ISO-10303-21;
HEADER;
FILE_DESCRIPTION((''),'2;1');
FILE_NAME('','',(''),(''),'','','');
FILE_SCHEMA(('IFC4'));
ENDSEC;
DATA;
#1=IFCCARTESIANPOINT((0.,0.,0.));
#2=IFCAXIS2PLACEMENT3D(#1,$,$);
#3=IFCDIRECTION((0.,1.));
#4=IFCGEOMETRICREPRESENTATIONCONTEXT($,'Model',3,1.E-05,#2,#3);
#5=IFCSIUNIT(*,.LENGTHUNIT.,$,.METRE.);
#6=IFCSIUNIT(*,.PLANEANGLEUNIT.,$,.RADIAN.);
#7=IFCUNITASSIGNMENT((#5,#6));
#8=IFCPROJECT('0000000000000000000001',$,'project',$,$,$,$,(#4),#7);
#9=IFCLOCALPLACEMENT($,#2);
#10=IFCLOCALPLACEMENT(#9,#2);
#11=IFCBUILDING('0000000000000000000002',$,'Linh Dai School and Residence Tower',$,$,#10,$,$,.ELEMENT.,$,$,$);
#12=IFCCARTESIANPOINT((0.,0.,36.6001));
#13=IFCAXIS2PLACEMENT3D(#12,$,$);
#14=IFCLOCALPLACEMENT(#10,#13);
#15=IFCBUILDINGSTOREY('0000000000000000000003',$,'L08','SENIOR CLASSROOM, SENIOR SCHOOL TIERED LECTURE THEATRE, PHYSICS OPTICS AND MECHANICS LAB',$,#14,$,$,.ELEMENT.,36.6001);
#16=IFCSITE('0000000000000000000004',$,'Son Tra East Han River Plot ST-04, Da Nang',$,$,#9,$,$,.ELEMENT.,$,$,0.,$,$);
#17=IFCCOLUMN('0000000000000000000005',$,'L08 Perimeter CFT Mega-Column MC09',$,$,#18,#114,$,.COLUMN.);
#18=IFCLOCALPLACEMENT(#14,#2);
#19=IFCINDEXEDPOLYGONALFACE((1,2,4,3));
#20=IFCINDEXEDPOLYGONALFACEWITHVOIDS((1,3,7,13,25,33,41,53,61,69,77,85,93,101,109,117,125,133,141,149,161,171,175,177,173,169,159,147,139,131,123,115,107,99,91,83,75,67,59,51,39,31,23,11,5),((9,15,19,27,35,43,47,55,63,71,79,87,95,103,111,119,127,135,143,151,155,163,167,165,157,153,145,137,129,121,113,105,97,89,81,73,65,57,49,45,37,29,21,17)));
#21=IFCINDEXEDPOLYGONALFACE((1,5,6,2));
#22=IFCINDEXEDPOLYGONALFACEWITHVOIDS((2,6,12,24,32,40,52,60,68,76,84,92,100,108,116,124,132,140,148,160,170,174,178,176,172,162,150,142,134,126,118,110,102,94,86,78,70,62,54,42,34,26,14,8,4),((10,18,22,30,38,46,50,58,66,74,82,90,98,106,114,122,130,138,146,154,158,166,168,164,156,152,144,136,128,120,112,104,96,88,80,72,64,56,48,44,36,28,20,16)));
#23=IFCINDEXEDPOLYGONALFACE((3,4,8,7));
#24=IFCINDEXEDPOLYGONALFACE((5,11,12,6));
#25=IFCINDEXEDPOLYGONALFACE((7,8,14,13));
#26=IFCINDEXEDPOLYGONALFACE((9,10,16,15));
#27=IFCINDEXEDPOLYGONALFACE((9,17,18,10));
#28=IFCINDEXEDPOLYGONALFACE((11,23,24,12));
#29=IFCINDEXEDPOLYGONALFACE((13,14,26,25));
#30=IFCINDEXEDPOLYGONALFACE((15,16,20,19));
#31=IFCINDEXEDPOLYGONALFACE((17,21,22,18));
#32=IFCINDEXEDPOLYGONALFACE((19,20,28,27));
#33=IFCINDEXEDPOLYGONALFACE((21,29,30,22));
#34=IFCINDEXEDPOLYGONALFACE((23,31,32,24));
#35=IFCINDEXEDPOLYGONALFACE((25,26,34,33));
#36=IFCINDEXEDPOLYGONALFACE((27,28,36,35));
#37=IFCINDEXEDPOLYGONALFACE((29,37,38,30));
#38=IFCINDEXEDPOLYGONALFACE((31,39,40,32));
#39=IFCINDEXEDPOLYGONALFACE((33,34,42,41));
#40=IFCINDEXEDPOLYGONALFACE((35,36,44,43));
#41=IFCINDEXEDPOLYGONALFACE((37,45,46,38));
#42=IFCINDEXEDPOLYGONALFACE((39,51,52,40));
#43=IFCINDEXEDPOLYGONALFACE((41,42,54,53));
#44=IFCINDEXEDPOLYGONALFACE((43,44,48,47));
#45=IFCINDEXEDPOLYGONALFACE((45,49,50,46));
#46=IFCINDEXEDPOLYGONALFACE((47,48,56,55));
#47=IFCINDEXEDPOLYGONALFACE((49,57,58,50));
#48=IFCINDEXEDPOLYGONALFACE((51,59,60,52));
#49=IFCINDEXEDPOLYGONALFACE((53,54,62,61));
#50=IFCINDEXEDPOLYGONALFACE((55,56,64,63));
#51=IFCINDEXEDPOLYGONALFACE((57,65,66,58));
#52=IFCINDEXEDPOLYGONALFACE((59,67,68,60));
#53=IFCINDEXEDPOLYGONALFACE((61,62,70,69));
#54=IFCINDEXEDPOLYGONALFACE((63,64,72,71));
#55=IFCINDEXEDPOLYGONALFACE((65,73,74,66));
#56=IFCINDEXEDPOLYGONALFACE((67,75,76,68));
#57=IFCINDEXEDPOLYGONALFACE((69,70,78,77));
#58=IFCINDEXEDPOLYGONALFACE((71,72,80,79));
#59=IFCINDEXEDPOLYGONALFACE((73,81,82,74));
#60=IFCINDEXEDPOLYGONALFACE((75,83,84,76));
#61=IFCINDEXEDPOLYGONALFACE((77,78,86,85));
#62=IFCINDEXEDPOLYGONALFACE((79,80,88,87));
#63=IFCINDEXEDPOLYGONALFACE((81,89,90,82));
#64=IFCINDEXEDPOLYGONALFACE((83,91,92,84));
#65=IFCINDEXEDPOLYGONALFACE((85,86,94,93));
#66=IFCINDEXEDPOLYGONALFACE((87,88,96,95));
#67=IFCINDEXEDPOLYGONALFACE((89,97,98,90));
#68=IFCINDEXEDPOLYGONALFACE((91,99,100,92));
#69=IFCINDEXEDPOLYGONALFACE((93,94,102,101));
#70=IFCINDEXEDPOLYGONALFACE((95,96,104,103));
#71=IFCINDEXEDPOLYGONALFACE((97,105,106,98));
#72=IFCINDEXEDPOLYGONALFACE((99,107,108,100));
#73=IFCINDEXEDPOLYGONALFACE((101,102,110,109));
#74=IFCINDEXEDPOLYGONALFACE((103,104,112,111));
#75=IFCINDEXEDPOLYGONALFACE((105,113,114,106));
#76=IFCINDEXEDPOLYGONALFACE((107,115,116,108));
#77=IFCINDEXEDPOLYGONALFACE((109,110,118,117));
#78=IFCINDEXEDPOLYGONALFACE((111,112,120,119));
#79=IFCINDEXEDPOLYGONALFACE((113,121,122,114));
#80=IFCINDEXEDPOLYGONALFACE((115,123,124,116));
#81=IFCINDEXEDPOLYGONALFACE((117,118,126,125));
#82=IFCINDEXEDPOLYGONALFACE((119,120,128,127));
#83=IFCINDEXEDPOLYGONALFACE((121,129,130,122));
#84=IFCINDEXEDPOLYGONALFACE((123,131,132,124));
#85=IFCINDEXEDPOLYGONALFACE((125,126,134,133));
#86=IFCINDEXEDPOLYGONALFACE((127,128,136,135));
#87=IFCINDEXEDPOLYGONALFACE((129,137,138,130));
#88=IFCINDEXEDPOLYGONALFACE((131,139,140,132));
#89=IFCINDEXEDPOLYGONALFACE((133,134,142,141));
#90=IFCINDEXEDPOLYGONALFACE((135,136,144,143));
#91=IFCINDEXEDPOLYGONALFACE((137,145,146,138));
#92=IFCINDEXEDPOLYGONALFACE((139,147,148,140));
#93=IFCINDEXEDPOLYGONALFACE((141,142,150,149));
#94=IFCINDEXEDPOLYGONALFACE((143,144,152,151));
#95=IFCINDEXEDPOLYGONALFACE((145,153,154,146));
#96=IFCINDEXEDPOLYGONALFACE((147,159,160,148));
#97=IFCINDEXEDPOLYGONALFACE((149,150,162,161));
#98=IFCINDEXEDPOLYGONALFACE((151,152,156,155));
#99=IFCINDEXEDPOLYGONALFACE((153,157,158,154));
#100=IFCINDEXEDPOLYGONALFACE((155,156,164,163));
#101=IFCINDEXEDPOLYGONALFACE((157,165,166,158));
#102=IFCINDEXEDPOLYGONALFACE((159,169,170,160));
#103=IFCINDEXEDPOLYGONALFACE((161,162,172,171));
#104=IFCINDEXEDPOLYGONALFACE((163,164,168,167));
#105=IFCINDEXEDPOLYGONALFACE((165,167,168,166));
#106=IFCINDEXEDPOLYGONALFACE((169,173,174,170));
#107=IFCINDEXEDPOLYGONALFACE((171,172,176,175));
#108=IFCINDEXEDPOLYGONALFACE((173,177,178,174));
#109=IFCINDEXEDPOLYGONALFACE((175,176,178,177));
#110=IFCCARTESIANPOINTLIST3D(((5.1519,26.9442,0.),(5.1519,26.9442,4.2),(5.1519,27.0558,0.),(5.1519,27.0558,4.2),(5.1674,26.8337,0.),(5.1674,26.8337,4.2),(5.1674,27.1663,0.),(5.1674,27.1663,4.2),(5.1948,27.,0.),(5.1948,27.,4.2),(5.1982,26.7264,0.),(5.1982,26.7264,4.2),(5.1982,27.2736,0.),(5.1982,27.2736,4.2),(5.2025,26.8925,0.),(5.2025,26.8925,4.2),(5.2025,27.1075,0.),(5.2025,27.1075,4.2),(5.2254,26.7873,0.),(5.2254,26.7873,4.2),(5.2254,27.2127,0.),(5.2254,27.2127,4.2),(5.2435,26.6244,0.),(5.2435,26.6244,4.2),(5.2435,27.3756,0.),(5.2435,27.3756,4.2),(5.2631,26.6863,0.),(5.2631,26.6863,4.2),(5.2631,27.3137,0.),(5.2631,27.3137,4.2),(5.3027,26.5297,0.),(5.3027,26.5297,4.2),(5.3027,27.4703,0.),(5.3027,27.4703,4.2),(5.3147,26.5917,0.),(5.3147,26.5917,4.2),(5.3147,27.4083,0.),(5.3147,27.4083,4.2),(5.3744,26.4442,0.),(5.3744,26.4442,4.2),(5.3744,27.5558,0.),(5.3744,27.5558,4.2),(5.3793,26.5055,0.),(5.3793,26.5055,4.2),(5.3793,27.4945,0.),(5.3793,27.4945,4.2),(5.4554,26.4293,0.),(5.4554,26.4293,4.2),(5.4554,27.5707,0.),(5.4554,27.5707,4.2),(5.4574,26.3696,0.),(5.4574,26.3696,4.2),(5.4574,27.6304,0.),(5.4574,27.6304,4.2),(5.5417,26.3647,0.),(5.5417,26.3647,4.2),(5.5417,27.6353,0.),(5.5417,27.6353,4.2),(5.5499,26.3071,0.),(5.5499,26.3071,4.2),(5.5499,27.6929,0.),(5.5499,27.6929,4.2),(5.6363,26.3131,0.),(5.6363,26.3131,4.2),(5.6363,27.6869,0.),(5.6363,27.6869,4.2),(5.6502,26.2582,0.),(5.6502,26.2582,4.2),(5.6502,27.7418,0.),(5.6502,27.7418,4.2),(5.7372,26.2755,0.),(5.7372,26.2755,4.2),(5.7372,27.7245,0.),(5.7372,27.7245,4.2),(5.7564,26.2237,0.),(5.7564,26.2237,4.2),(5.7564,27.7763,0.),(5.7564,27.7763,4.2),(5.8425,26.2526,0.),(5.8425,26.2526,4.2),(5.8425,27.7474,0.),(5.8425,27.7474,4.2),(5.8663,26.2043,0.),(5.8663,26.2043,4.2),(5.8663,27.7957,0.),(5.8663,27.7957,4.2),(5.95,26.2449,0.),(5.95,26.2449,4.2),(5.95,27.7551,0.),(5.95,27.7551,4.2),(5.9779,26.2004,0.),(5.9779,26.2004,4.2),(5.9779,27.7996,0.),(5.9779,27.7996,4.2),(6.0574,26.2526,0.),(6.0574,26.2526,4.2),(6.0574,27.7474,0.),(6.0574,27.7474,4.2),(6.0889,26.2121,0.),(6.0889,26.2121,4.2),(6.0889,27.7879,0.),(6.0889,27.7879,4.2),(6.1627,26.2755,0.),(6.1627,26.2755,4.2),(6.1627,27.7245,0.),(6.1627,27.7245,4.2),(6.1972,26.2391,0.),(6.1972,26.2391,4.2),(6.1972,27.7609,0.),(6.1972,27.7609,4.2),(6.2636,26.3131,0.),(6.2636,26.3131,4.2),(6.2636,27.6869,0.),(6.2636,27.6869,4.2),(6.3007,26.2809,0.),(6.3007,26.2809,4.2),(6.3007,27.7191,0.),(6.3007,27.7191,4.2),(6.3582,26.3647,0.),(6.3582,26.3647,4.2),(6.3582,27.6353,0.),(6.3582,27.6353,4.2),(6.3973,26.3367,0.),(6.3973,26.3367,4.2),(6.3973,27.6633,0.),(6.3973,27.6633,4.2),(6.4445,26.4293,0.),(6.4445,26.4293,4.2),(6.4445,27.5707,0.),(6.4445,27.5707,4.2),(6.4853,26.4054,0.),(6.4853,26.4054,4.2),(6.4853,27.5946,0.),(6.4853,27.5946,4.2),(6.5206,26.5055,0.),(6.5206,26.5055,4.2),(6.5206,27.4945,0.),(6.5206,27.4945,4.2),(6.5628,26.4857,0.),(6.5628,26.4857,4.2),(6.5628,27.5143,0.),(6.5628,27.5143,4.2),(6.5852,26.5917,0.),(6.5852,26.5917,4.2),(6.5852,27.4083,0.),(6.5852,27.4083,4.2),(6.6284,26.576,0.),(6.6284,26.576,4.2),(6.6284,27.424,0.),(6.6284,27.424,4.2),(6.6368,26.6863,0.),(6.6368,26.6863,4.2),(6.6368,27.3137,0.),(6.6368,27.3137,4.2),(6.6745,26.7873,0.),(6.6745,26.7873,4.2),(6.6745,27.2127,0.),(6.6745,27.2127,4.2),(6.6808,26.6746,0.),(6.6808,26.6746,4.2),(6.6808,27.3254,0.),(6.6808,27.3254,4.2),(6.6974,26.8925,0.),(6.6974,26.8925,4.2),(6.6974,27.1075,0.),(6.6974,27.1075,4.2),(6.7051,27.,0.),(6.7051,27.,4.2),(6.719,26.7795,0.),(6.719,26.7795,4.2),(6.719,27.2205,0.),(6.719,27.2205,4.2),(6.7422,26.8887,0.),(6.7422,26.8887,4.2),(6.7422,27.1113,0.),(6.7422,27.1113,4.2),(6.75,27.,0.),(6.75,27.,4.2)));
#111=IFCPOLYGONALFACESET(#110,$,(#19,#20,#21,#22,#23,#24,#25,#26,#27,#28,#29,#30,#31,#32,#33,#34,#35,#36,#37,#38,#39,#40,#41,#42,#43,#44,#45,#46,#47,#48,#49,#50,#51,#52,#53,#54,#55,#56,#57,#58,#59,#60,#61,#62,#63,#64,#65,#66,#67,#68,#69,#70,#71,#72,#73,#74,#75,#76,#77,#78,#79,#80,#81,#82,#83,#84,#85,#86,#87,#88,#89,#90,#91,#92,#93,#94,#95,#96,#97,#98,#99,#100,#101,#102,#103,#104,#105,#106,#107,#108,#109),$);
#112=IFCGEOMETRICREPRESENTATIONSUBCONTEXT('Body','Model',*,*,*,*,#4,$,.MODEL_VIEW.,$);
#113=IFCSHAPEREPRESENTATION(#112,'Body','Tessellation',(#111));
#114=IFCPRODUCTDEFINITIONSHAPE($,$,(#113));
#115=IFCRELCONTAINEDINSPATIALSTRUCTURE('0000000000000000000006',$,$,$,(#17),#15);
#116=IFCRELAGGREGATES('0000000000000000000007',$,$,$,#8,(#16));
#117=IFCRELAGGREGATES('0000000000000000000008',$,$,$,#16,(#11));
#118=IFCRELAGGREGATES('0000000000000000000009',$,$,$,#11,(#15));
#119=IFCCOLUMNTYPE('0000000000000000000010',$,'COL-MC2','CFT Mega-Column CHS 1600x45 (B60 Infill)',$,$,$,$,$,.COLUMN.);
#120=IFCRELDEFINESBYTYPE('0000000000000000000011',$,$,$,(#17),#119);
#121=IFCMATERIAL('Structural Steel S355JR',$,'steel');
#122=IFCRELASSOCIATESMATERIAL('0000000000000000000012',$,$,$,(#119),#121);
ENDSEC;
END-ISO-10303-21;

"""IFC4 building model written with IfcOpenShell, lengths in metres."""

from ifc_helpers import new_model, si_unit, direction, frame, origin, origin_2d, place, context, subcontext, project, spatial, hollow_circle, extrude, material, material_profile, profile_set, type_object, element, save


model = new_model("IFC4")

# Units and contexts
model_context = context("Model", 3, precision=1e-05, world=origin(), true_north=direction((0.0, 1.0)))
body_context = subcontext(model_context, "Body", "Model", "MODEL_VIEW")
ifc_project = project(units=[si_unit("LENGTHUNIT", "METRE"), si_unit("PLANEANGLEUNIT", "RADIAN")], contexts=[model_context])

# Site, building, storey
site_placement = place(None, origin())
site = spatial("IfcSite", under=ifc_project, at=site_placement, Name="Son Tra East Han River Plot ST-04, Da Nang", CompositionType="ELEMENT", RefElevation=0.0)
building_placement = place(site_placement, origin())
building = spatial("IfcBuilding", under=site, at=building_placement, Name="Linh Dai School and Residence Tower", CompositionType="ELEMENT")
storey_placement = place(building_placement, frame((0.0, 0.0, 36.6001)))
storey = spatial("IfcBuildingStorey", under=building, at=storey_placement, Name="L08", Description="SENIOR CLASSROOM, SENIOR SCHOOL TIERED LECTURE THEATRE, PHYSICS OPTICS AND MECHANICS LAB", CompositionType="ELEMENT", Elevation=36.6001)

# Column
ifc_material_1 = material(Name="Structural Steel S355JR", Category="steel")
ifc_material_profile_1 = material_profile(ifc_material_1, hollow_circle(Radius=0.8, WallThickness=0.0449, at=origin_2d()), Name="CHS 1600x45")
ifc_profile_set_1 = profile_set([ifc_material_profile_1], Name="Structural Steel S355JR")
column_type = type_object("IfcColumnType", Name="COL-MC2", Description="CFT Mega-Column CHS 1600x45 (B60 Infill)", PredefinedType="COLUMN", material=ifc_profile_set_1)
for number, where, z_axis, x_axis, name in (
    (1, (5.95, 27.0, 0.0), (0.0, 0.0, 1.0), (1.0, 0.0, 0.0), "L08 Perimeter CFT Mega-Column MC09"),
):
    element("IfcColumn", number, at=place(storey_placement, frame(where, z_axis=z_axis, x_axis=x_axis)), inside=storey, type_object=column_type, Name=name, PredefinedType="COLUMN", context=body_context, shape_type="SweptSolid", body=[
        extrude(hollow_circle(Radius=0.8, WallThickness=0.0449, at=origin_2d()), origin(), (0.0, 0.0, 1.0), 4.2),
    ])

save(model, "model.ifc")
